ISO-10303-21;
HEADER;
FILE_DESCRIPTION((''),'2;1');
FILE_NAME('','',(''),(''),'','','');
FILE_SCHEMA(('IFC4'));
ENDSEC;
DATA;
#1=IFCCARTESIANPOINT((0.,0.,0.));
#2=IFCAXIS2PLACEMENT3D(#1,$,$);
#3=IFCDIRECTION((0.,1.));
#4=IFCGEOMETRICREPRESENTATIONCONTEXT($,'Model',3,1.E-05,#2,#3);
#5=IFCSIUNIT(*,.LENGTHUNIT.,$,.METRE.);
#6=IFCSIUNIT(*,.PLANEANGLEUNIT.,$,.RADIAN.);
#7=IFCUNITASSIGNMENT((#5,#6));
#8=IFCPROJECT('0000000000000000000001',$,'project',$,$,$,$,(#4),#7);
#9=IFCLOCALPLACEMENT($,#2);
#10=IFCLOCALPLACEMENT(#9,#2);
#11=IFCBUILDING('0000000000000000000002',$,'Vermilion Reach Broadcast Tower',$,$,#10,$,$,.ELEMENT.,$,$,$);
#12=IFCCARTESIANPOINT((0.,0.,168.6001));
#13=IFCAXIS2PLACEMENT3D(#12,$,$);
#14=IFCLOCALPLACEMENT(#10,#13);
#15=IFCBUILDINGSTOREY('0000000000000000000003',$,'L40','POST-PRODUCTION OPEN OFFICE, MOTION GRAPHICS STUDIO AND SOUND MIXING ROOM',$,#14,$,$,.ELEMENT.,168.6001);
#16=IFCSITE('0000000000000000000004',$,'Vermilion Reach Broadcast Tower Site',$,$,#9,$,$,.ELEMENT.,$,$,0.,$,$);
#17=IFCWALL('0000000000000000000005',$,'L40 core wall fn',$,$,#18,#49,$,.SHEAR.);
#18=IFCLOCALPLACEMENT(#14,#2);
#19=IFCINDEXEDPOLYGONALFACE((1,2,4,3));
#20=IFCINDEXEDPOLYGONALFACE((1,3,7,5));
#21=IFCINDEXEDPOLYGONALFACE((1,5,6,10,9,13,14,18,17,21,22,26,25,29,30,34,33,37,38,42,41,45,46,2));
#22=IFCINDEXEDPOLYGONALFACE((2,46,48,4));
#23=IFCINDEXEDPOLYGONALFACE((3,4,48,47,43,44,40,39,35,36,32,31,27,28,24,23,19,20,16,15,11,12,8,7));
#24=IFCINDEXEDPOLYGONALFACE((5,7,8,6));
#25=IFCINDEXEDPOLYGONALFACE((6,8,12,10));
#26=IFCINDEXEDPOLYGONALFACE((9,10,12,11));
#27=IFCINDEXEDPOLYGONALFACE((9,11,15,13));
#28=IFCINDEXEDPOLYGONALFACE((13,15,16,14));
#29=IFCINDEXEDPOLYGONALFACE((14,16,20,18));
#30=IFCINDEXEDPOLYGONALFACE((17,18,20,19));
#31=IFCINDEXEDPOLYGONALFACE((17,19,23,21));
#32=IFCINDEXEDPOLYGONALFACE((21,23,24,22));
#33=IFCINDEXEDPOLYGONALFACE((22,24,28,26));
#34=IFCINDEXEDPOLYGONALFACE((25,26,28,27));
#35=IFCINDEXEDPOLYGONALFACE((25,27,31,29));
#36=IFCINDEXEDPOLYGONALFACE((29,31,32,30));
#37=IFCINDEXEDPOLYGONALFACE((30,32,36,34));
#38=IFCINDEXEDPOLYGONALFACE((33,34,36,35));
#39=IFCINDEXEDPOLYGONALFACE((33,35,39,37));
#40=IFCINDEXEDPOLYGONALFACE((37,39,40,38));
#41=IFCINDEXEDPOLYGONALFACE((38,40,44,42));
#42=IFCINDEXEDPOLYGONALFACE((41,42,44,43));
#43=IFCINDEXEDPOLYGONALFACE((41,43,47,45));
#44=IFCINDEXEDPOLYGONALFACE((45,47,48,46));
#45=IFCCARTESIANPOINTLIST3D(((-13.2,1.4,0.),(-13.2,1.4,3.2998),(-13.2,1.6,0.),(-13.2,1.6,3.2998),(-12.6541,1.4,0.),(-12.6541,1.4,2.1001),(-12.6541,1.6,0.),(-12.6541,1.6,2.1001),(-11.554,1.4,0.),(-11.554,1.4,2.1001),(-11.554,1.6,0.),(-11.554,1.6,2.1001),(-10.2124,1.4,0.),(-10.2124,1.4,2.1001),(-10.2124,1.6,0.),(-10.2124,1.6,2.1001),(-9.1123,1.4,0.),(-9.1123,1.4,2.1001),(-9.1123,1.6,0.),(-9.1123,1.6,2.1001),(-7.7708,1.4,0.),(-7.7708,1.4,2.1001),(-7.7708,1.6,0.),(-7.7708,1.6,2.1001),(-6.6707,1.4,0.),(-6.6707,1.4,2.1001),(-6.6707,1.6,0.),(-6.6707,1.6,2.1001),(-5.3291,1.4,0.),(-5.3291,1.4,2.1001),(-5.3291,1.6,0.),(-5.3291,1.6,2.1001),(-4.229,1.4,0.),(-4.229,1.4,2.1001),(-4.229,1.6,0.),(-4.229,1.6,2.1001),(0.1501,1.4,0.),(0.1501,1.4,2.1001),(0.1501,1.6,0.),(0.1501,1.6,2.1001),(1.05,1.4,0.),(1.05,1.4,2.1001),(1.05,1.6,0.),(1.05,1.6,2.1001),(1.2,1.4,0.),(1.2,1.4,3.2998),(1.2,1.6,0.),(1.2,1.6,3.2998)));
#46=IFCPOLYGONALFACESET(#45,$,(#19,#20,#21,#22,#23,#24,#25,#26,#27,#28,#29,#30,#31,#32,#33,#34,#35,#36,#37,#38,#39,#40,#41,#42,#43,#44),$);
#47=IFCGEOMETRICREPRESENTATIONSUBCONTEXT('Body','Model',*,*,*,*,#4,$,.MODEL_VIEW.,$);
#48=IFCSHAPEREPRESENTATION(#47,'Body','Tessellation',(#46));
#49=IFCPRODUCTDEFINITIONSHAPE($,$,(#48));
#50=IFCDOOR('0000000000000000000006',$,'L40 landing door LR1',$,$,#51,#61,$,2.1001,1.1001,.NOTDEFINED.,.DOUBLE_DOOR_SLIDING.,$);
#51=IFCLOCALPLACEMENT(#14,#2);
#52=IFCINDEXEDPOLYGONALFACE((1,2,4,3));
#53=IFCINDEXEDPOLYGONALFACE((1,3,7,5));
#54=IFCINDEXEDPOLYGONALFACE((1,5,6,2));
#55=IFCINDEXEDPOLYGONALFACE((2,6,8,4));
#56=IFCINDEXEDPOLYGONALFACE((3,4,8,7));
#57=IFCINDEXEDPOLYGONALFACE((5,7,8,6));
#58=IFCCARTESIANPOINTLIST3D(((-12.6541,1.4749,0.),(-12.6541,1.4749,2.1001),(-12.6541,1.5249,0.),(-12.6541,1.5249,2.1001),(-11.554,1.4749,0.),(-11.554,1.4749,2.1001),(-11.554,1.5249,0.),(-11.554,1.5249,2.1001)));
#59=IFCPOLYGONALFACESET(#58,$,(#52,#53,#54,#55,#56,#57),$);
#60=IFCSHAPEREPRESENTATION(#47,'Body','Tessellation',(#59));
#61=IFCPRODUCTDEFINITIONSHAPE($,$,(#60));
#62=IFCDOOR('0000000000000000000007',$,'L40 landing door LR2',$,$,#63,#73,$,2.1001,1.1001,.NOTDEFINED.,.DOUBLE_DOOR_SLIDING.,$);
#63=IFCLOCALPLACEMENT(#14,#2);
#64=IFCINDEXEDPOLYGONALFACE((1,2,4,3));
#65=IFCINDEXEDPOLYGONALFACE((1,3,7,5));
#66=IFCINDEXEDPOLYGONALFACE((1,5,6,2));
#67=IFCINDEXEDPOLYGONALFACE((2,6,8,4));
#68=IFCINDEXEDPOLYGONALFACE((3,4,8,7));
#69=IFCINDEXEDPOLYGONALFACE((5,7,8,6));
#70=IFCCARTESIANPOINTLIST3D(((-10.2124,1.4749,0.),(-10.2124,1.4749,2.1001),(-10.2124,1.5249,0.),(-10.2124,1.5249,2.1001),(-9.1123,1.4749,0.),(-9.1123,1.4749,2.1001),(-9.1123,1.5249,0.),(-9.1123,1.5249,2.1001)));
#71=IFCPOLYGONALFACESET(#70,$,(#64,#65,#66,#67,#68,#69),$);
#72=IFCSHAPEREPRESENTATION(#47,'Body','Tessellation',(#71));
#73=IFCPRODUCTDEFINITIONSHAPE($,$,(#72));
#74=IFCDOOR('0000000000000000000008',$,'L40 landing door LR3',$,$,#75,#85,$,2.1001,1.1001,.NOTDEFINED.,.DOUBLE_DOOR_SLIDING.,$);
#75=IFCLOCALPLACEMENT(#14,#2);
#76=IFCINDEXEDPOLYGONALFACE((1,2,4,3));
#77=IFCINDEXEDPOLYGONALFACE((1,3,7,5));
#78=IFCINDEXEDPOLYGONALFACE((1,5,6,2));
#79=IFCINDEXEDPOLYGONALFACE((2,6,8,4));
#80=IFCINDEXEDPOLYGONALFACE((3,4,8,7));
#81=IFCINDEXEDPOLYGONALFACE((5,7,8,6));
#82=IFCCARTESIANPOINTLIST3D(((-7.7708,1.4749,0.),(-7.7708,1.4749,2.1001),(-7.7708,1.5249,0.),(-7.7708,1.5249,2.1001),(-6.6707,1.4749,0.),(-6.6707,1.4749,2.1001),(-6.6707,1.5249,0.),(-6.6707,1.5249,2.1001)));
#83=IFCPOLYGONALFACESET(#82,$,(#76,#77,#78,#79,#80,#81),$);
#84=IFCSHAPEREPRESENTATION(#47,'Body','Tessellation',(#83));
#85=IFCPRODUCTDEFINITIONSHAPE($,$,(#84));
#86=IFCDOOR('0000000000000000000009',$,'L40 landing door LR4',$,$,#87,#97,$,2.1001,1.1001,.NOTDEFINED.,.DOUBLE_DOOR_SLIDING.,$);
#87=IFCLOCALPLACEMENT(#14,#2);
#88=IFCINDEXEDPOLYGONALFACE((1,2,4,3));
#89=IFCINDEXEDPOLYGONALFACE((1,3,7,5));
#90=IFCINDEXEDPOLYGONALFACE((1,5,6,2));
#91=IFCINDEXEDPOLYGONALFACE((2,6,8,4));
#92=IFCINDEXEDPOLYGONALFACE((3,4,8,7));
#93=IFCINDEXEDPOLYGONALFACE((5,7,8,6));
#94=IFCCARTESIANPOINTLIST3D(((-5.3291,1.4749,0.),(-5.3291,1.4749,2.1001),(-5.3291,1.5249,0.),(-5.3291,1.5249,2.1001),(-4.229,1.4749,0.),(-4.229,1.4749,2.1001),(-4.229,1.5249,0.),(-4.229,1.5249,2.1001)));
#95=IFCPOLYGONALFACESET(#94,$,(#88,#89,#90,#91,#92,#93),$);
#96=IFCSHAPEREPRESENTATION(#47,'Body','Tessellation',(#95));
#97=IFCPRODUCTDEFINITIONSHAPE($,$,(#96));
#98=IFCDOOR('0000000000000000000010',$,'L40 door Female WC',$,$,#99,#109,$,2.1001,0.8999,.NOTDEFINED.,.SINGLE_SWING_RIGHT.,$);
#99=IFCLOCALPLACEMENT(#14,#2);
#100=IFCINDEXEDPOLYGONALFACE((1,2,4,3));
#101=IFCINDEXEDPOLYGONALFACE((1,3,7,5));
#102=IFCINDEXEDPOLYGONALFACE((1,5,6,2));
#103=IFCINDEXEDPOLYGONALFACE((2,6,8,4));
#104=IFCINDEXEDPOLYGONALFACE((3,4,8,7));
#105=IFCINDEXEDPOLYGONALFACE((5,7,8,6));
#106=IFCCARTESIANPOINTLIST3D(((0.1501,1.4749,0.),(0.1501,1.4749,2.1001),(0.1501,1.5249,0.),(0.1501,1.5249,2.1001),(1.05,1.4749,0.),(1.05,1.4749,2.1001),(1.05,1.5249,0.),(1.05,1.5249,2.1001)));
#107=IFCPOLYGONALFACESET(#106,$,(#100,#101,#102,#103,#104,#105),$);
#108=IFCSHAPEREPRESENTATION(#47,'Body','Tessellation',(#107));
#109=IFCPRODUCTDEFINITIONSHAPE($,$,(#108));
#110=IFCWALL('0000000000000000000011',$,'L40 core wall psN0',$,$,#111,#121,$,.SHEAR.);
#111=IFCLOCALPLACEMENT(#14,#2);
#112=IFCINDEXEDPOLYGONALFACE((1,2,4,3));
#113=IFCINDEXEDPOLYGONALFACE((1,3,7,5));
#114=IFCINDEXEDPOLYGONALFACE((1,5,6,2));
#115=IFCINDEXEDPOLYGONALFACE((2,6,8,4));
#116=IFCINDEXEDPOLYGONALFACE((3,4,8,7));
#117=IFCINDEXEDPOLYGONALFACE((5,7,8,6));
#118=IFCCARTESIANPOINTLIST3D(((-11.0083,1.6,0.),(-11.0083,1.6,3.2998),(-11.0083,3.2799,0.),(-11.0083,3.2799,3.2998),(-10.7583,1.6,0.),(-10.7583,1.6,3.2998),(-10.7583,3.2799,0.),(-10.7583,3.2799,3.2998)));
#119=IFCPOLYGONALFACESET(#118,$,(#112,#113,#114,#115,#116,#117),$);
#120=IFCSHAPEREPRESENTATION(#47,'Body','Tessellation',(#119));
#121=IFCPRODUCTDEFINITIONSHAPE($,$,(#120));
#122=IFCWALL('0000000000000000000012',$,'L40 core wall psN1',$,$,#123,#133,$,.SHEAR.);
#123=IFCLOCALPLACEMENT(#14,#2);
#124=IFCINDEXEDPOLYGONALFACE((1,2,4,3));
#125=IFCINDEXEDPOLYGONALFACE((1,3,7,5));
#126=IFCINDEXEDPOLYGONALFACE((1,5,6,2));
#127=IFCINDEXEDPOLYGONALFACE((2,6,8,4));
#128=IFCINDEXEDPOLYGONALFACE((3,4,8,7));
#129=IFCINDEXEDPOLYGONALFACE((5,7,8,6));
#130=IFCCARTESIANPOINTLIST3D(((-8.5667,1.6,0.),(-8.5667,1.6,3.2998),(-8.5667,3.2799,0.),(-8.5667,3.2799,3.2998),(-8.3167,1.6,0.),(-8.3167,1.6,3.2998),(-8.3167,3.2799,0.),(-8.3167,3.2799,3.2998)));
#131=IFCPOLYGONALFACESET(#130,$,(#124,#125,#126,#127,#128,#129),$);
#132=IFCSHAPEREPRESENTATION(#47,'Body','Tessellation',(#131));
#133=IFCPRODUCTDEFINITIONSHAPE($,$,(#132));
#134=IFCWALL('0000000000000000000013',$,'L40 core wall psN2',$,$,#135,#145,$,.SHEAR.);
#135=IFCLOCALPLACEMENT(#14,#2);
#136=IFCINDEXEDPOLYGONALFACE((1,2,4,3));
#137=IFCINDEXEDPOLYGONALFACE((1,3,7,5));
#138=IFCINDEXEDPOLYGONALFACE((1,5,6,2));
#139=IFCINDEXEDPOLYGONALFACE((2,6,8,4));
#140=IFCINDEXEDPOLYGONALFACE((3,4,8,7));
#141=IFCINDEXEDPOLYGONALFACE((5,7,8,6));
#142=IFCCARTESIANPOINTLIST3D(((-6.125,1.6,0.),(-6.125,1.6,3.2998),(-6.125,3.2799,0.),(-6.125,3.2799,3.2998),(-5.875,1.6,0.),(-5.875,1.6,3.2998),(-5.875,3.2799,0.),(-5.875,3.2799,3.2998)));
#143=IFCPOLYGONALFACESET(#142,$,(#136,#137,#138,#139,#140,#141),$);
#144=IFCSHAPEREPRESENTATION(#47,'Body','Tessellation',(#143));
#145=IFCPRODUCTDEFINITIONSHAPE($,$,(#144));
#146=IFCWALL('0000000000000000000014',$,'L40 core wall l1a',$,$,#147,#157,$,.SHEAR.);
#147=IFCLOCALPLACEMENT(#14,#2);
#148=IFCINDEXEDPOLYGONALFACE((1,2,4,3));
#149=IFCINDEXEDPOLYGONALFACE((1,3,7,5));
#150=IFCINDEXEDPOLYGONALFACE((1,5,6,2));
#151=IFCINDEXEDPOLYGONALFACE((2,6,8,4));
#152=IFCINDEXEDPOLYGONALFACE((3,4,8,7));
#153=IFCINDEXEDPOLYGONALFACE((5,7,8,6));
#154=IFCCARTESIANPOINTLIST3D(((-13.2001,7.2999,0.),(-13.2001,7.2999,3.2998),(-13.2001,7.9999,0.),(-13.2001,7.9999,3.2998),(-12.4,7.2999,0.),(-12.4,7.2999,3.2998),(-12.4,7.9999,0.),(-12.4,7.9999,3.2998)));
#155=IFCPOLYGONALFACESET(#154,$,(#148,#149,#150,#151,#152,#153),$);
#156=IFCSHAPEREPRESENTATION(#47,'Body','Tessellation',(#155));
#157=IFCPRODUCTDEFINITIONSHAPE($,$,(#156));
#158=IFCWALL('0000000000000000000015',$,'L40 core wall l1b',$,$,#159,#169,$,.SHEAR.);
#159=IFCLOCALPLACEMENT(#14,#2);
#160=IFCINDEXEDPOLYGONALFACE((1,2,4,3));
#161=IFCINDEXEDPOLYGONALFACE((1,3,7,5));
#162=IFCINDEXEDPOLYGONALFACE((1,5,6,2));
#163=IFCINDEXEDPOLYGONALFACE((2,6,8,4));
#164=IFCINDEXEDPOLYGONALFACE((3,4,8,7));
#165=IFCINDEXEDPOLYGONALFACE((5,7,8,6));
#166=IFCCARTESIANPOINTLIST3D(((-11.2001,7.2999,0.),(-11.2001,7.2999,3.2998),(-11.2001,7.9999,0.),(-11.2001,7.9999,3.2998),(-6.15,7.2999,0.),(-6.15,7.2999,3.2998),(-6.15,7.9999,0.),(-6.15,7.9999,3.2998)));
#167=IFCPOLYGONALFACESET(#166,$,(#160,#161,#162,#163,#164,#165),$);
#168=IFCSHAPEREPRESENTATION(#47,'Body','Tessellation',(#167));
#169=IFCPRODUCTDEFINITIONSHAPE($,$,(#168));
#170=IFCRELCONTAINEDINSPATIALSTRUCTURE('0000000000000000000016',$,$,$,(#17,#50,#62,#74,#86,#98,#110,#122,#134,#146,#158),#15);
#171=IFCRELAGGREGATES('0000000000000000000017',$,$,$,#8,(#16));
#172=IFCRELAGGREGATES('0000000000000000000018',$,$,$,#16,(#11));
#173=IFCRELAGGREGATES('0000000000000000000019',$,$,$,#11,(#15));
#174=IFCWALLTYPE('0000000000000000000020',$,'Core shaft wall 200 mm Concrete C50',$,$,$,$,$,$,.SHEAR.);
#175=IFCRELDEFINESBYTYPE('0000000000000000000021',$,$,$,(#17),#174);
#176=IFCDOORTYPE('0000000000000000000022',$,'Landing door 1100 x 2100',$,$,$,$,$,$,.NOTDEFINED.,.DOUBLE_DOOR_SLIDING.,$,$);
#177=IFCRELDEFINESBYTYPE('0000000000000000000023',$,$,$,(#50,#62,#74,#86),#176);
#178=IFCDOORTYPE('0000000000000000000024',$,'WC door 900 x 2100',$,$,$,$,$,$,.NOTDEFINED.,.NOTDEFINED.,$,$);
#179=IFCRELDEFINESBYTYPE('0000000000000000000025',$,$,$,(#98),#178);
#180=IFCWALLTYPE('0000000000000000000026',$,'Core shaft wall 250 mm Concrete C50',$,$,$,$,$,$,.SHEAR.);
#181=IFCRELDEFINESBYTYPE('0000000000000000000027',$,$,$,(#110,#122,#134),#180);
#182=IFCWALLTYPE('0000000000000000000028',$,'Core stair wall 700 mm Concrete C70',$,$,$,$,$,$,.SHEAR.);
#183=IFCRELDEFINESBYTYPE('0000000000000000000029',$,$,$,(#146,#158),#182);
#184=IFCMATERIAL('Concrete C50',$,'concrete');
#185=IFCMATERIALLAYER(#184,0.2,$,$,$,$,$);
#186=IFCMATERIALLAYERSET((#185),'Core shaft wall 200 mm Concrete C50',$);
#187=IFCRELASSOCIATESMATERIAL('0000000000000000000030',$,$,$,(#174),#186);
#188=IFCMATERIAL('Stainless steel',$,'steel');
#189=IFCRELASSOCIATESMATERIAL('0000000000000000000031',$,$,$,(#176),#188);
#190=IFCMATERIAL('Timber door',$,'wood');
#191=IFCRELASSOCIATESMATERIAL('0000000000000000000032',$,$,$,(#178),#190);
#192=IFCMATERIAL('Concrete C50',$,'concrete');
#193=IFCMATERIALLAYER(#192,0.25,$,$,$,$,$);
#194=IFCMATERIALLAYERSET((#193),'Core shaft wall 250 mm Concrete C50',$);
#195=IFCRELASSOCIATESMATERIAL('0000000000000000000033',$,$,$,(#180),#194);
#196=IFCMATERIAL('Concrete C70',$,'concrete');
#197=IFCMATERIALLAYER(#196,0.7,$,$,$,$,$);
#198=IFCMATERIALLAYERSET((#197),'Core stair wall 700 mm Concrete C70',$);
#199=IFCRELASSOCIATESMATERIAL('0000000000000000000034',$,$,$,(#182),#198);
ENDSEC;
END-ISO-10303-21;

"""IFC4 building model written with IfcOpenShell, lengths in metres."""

from ifc_helpers import new_model, si_unit, direction, frame, frame_2d, origin, place, context, subcontext, project, spatial, rectangle, extrude, material, layer, layer_set, type_object, element, fill, save


model = new_model("IFC4")

# Units and contexts
model_context = context("Model", 3, precision=1e-05, world=origin(), true_north=direction((0.0, 1.0)))
body_context = subcontext(model_context, "Body", "Model", "MODEL_VIEW")
ifc_project = project(units=[si_unit("LENGTHUNIT", "METRE"), si_unit("PLANEANGLEUNIT", "RADIAN")], contexts=[model_context])

# Site, building, storey
site_placement = place(None, origin())
site = spatial("IfcSite", under=ifc_project, at=site_placement, Name="Vermilion Reach Broadcast Tower Site", CompositionType="ELEMENT", RefElevation=0.0)
building_placement = place(site_placement, origin())
building = spatial("IfcBuilding", under=site, at=building_placement, Name="Vermilion Reach Broadcast Tower", CompositionType="ELEMENT")
storey_placement = place(building_placement, frame((0.0, 0.0, 168.6001)))
storey = spatial("IfcBuildingStorey", under=building, at=storey_placement, Name="L40", Description="POST-PRODUCTION OPEN OFFICE, MOTION GRAPHICS STUDIO AND SOUND MIXING ROOM", CompositionType="ELEMENT", Elevation=168.6001)

# Wall, openings, doors
ifc_material_1 = material(Name="Concrete C50", Category="concrete")
ifc_layer_1 = layer(ifc_material_1, 0.2)
ifc_layer_set_1 = layer_set([ifc_layer_1], Name="Core shaft wall 200 mm Concrete C50")
wall_type_1 = type_object("IfcWallType", Name="Core shaft wall 200 mm Concrete C50", PredefinedType="SHEAR", material=ifc_layer_set_1)
wall_1_placement = place(storey_placement, frame((-13.2, 1.5, 0.0), z_axis=(0.0, 0.0, 1.0), x_axis=(1.0, 0.0, 0.0)))
wall_1 = element("IfcWall", 1, at=wall_1_placement, inside=storey, type_object=wall_type_1, Name="L40 core wall fn", PredefinedType="SHEAR", context=body_context, shape_type="SweptSolid", body=[
    extrude(rectangle(XDim=14.3999, YDim=0.2, at=frame_2d((7.2, 0.0))), origin(), (0.0, 0.0, 1.0), 3.2998),
])
opening_1_placement = place(wall_1_placement, frame((0.5459, 0.0, 0.0)))
opening_1 = element("IfcOpeningElement", 2, at=opening_1_placement, cuts=wall_1, PredefinedType="OPENING", context=body_context, shape_type="SweptSolid", body=[
    extrude(rectangle(XDim=1.1001, YDim=2.1001, at=frame_2d((0.55, 1.05))), frame((0.0, 0.1099, 0.0), z_axis=(0.0, -1.0, 0.0), x_axis=(1.0, 0.0, 0.0)), (0.0, 0.0, 1.0), 0.22),
])
opening_2_placement = place(wall_1_placement, frame((2.9875, 0.0, 0.0)))
opening_2 = element("IfcOpeningElement", 3, at=opening_2_placement, cuts=wall_1, PredefinedType="OPENING", context=body_context, shape_type="SweptSolid", body=[
    extrude(rectangle(XDim=1.1001, YDim=2.1001, at=frame_2d((0.55, 1.05))), frame((0.0, 0.1099, 0.0), z_axis=(0.0, -1.0, 0.0), x_axis=(1.0, 0.0, 0.0)), (0.0, 0.0, 1.0), 0.22),
])
opening_3_placement = place(wall_1_placement, frame((5.4292, 0.0, 0.0)))
opening_3 = element("IfcOpeningElement", 4, at=opening_3_placement, cuts=wall_1, PredefinedType="OPENING", context=body_context, shape_type="SweptSolid", body=[
    extrude(rectangle(XDim=1.1001, YDim=2.1001, at=frame_2d((0.55, 1.05))), frame((0.0, 0.1099, 0.0), z_axis=(0.0, -1.0, 0.0), x_axis=(1.0, 0.0, 0.0)), (0.0, 0.0, 1.0), 0.22),
])
opening_4_placement = place(wall_1_placement, frame((7.8708, 0.0, 0.0)))
opening_4 = element("IfcOpeningElement", 5, at=opening_4_placement, cuts=wall_1, PredefinedType="OPENING", context=body_context, shape_type="SweptSolid", body=[
    extrude(rectangle(XDim=1.1001, YDim=2.1001, at=frame_2d((0.55, 1.05))), frame((0.0, 0.1099, 0.0), z_axis=(0.0, -1.0, 0.0), x_axis=(1.0, 0.0, 0.0)), (0.0, 0.0, 1.0), 0.22),
])
opening_5_placement = place(wall_1_placement, frame((13.3501, 0.0, 0.0)))
opening_5 = element("IfcOpeningElement", 6, at=opening_5_placement, cuts=wall_1, PredefinedType="OPENING", context=body_context, shape_type="SweptSolid", body=[
    extrude(rectangle(XDim=0.8999, YDim=2.1001, at=frame_2d((0.45, 1.05))), frame((0.0, 0.1099, 0.0), z_axis=(0.0, -1.0, 0.0), x_axis=(1.0, 0.0, 0.0)), (0.0, 0.0, 1.0), 0.22),
])
ifc_material_2 = material(Name="Stainless steel", Category="steel")
door_type_1 = type_object("IfcDoorType", Name="Landing door 1100 x 2100", OperationType="DOUBLE_DOOR_SLIDING", PredefinedType="NOTDEFINED", material=ifc_material_2)
door_1_placement = place(opening_1_placement, origin())
door_1 = element("IfcDoor", 7, at=door_1_placement, inside=storey, type_object=door_type_1, Name="L40 landing door LR1", OperationType="DOUBLE_DOOR_SLIDING", OverallHeight=2.1001, OverallWidth=1.1001, PredefinedType="NOTDEFINED", context=body_context, shape_type="SweptSolid", body=[
    extrude(rectangle(XDim=1.1001, YDim=2.1001, at=frame_2d((0.55, 1.05))), frame((0.0, 0.0249, 0.0), z_axis=(0.0, -1.0, 0.0), x_axis=(1.0, 0.0, 0.0)), (0.0, 0.0, 1.0), 0.05),
])
fill(opening_1, door_1)
door_2_placement = place(opening_2_placement, origin())
door_2 = element("IfcDoor", 8, at=door_2_placement, inside=storey, type_object=door_type_1, Name="L40 landing door LR2", OperationType="DOUBLE_DOOR_SLIDING", OverallHeight=2.1001, OverallWidth=1.1001, PredefinedType="NOTDEFINED", context=body_context, shape_type="SweptSolid", body=[
    extrude(rectangle(XDim=1.1001, YDim=2.1001, at=frame_2d((0.55, 1.05))), frame((0.0, 0.0249, 0.0), z_axis=(0.0, -1.0, 0.0), x_axis=(1.0, 0.0, 0.0)), (0.0, 0.0, 1.0), 0.05),
])
fill(opening_2, door_2)
door_3_placement = place(opening_3_placement, origin())
door_3 = element("IfcDoor", 9, at=door_3_placement, inside=storey, type_object=door_type_1, Name="L40 landing door LR3", OperationType="DOUBLE_DOOR_SLIDING", OverallHeight=2.1001, OverallWidth=1.1001, PredefinedType="NOTDEFINED", context=body_context, shape_type="SweptSolid", body=[
    extrude(rectangle(XDim=1.1001, YDim=2.1001, at=frame_2d((0.55, 1.05))), frame((0.0, 0.0249, 0.0), z_axis=(0.0, -1.0, 0.0), x_axis=(1.0, 0.0, 0.0)), (0.0, 0.0, 1.0), 0.05),
])
fill(opening_3, door_3)
door_4_placement = place(opening_4_placement, origin())
door_4 = element("IfcDoor", 10, at=door_4_placement, inside=storey, type_object=door_type_1, Name="L40 landing door LR4", OperationType="DOUBLE_DOOR_SLIDING", OverallHeight=2.1001, OverallWidth=1.1001, PredefinedType="NOTDEFINED", context=body_context, shape_type="SweptSolid", body=[
    extrude(rectangle(XDim=1.1001, YDim=2.1001, at=frame_2d((0.55, 1.05))), frame((0.0, 0.0249, 0.0), z_axis=(0.0, -1.0, 0.0), x_axis=(1.0, 0.0, 0.0)), (0.0, 0.0, 1.0), 0.05),
])
fill(opening_4, door_4)
ifc_material_3 = material(Name="Timber door", Category="wood")
door_type_2 = type_object("IfcDoorType", Name="WC door 900 x 2100", OperationType="NOTDEFINED", PredefinedType="NOTDEFINED", material=ifc_material_3)
door_5_placement = place(opening_5_placement, origin())
door_5 = element("IfcDoor", 11, at=door_5_placement, inside=storey, type_object=door_type_2, Name="L40 door Female WC", OperationType="SINGLE_SWING_RIGHT", OverallHeight=2.1001, OverallWidth=0.8999, PredefinedType="NOTDEFINED", context=body_context, shape_type="SweptSolid", body=[
    extrude(rectangle(XDim=0.8999, YDim=2.1001, at=frame_2d((0.45, 1.05))), frame((0.0, 0.0249, 0.0), z_axis=(0.0, -1.0, 0.0), x_axis=(1.0, 0.0, 0.0)), (0.0, 0.0, 1.0), 0.05),
])
fill(opening_5, door_5)

# Walls
ifc_material_4 = material(Name="Concrete C50", Category="concrete")
ifc_layer_2 = layer(ifc_material_4, 0.25)
ifc_layer_set_2 = layer_set([ifc_layer_2], Name="Core shaft wall 250 mm Concrete C50")
wall_type_2 = type_object("IfcWallType", Name="Core shaft wall 250 mm Concrete C50", PredefinedType="SHEAR", material=ifc_layer_set_2)
for number, where, z_axis, x_axis, name in (
    (12, (-10.8833, 1.6001, 0.0), (0.0, 0.0, 1.0), (0.0, 1.0, 0.0), "L40 core wall psN0"),
    (13, (-8.4417, 1.6001, 0.0), (0.0, 0.0, 1.0), (0.0, 1.0, 0.0), "L40 core wall psN1"),
    (14, (-6.0, 1.6001, 0.0), (0.0, 0.0, 1.0), (0.0, 1.0, 0.0), "L40 core wall psN2"),
):
    element("IfcWall", number, at=place(storey_placement, frame(where, z_axis=z_axis, x_axis=x_axis)), inside=storey, type_object=wall_type_2, Name=name, PredefinedType="SHEAR", context=body_context, shape_type="SweptSolid", body=[
        extrude(rectangle(XDim=1.6799, YDim=0.25, at=frame_2d((0.8398, 0.0))), origin(), (0.0, 0.0, 1.0), 3.2998),
    ])
ifc_material_5 = material(Name="Concrete C70", Category="concrete")
ifc_layer_3 = layer(ifc_material_5, 0.7)
ifc_layer_set_3 = layer_set([ifc_layer_3], Name="Core stair wall 700 mm Concrete C70")
wall_type_3 = type_object("IfcWallType", Name="Core stair wall 700 mm Concrete C70", PredefinedType="SHEAR", material=ifc_layer_set_3)
wall_2_placement = place(storey_placement, frame((-13.2, 7.6499, 0.0), z_axis=(0.0, 0.0, 1.0), x_axis=(1.0, 0.0, 0.0)))
element("IfcWall", 15, at=wall_2_placement, inside=storey, type_object=wall_type_3, Name="L40 core wall l1a", PredefinedType="SHEAR", context=body_context, shape_type="SweptSolid", body=[
    extrude(rectangle(XDim=0.8, YDim=0.7, at=frame_2d((0.3999, 0.0))), origin(), (0.0, 0.0, 1.0), 3.2998),
])
wall_3_placement = place(storey_placement, frame((-11.2, 7.6499, 0.0), z_axis=(0.0, 0.0, 1.0), x_axis=(1.0, 0.0, 0.0)))
element("IfcWall", 16, at=wall_3_placement, inside=storey, type_object=wall_type_3, Name="L40 core wall l1b", PredefinedType="SHEAR", context=body_context, shape_type="SweptSolid", body=[
    extrude(rectangle(XDim=5.05, YDim=0.7, at=frame_2d((2.5249, 0.0))), origin(), (0.0, 0.0, 1.0), 3.2998),
])

save(model, "model.ifc")
